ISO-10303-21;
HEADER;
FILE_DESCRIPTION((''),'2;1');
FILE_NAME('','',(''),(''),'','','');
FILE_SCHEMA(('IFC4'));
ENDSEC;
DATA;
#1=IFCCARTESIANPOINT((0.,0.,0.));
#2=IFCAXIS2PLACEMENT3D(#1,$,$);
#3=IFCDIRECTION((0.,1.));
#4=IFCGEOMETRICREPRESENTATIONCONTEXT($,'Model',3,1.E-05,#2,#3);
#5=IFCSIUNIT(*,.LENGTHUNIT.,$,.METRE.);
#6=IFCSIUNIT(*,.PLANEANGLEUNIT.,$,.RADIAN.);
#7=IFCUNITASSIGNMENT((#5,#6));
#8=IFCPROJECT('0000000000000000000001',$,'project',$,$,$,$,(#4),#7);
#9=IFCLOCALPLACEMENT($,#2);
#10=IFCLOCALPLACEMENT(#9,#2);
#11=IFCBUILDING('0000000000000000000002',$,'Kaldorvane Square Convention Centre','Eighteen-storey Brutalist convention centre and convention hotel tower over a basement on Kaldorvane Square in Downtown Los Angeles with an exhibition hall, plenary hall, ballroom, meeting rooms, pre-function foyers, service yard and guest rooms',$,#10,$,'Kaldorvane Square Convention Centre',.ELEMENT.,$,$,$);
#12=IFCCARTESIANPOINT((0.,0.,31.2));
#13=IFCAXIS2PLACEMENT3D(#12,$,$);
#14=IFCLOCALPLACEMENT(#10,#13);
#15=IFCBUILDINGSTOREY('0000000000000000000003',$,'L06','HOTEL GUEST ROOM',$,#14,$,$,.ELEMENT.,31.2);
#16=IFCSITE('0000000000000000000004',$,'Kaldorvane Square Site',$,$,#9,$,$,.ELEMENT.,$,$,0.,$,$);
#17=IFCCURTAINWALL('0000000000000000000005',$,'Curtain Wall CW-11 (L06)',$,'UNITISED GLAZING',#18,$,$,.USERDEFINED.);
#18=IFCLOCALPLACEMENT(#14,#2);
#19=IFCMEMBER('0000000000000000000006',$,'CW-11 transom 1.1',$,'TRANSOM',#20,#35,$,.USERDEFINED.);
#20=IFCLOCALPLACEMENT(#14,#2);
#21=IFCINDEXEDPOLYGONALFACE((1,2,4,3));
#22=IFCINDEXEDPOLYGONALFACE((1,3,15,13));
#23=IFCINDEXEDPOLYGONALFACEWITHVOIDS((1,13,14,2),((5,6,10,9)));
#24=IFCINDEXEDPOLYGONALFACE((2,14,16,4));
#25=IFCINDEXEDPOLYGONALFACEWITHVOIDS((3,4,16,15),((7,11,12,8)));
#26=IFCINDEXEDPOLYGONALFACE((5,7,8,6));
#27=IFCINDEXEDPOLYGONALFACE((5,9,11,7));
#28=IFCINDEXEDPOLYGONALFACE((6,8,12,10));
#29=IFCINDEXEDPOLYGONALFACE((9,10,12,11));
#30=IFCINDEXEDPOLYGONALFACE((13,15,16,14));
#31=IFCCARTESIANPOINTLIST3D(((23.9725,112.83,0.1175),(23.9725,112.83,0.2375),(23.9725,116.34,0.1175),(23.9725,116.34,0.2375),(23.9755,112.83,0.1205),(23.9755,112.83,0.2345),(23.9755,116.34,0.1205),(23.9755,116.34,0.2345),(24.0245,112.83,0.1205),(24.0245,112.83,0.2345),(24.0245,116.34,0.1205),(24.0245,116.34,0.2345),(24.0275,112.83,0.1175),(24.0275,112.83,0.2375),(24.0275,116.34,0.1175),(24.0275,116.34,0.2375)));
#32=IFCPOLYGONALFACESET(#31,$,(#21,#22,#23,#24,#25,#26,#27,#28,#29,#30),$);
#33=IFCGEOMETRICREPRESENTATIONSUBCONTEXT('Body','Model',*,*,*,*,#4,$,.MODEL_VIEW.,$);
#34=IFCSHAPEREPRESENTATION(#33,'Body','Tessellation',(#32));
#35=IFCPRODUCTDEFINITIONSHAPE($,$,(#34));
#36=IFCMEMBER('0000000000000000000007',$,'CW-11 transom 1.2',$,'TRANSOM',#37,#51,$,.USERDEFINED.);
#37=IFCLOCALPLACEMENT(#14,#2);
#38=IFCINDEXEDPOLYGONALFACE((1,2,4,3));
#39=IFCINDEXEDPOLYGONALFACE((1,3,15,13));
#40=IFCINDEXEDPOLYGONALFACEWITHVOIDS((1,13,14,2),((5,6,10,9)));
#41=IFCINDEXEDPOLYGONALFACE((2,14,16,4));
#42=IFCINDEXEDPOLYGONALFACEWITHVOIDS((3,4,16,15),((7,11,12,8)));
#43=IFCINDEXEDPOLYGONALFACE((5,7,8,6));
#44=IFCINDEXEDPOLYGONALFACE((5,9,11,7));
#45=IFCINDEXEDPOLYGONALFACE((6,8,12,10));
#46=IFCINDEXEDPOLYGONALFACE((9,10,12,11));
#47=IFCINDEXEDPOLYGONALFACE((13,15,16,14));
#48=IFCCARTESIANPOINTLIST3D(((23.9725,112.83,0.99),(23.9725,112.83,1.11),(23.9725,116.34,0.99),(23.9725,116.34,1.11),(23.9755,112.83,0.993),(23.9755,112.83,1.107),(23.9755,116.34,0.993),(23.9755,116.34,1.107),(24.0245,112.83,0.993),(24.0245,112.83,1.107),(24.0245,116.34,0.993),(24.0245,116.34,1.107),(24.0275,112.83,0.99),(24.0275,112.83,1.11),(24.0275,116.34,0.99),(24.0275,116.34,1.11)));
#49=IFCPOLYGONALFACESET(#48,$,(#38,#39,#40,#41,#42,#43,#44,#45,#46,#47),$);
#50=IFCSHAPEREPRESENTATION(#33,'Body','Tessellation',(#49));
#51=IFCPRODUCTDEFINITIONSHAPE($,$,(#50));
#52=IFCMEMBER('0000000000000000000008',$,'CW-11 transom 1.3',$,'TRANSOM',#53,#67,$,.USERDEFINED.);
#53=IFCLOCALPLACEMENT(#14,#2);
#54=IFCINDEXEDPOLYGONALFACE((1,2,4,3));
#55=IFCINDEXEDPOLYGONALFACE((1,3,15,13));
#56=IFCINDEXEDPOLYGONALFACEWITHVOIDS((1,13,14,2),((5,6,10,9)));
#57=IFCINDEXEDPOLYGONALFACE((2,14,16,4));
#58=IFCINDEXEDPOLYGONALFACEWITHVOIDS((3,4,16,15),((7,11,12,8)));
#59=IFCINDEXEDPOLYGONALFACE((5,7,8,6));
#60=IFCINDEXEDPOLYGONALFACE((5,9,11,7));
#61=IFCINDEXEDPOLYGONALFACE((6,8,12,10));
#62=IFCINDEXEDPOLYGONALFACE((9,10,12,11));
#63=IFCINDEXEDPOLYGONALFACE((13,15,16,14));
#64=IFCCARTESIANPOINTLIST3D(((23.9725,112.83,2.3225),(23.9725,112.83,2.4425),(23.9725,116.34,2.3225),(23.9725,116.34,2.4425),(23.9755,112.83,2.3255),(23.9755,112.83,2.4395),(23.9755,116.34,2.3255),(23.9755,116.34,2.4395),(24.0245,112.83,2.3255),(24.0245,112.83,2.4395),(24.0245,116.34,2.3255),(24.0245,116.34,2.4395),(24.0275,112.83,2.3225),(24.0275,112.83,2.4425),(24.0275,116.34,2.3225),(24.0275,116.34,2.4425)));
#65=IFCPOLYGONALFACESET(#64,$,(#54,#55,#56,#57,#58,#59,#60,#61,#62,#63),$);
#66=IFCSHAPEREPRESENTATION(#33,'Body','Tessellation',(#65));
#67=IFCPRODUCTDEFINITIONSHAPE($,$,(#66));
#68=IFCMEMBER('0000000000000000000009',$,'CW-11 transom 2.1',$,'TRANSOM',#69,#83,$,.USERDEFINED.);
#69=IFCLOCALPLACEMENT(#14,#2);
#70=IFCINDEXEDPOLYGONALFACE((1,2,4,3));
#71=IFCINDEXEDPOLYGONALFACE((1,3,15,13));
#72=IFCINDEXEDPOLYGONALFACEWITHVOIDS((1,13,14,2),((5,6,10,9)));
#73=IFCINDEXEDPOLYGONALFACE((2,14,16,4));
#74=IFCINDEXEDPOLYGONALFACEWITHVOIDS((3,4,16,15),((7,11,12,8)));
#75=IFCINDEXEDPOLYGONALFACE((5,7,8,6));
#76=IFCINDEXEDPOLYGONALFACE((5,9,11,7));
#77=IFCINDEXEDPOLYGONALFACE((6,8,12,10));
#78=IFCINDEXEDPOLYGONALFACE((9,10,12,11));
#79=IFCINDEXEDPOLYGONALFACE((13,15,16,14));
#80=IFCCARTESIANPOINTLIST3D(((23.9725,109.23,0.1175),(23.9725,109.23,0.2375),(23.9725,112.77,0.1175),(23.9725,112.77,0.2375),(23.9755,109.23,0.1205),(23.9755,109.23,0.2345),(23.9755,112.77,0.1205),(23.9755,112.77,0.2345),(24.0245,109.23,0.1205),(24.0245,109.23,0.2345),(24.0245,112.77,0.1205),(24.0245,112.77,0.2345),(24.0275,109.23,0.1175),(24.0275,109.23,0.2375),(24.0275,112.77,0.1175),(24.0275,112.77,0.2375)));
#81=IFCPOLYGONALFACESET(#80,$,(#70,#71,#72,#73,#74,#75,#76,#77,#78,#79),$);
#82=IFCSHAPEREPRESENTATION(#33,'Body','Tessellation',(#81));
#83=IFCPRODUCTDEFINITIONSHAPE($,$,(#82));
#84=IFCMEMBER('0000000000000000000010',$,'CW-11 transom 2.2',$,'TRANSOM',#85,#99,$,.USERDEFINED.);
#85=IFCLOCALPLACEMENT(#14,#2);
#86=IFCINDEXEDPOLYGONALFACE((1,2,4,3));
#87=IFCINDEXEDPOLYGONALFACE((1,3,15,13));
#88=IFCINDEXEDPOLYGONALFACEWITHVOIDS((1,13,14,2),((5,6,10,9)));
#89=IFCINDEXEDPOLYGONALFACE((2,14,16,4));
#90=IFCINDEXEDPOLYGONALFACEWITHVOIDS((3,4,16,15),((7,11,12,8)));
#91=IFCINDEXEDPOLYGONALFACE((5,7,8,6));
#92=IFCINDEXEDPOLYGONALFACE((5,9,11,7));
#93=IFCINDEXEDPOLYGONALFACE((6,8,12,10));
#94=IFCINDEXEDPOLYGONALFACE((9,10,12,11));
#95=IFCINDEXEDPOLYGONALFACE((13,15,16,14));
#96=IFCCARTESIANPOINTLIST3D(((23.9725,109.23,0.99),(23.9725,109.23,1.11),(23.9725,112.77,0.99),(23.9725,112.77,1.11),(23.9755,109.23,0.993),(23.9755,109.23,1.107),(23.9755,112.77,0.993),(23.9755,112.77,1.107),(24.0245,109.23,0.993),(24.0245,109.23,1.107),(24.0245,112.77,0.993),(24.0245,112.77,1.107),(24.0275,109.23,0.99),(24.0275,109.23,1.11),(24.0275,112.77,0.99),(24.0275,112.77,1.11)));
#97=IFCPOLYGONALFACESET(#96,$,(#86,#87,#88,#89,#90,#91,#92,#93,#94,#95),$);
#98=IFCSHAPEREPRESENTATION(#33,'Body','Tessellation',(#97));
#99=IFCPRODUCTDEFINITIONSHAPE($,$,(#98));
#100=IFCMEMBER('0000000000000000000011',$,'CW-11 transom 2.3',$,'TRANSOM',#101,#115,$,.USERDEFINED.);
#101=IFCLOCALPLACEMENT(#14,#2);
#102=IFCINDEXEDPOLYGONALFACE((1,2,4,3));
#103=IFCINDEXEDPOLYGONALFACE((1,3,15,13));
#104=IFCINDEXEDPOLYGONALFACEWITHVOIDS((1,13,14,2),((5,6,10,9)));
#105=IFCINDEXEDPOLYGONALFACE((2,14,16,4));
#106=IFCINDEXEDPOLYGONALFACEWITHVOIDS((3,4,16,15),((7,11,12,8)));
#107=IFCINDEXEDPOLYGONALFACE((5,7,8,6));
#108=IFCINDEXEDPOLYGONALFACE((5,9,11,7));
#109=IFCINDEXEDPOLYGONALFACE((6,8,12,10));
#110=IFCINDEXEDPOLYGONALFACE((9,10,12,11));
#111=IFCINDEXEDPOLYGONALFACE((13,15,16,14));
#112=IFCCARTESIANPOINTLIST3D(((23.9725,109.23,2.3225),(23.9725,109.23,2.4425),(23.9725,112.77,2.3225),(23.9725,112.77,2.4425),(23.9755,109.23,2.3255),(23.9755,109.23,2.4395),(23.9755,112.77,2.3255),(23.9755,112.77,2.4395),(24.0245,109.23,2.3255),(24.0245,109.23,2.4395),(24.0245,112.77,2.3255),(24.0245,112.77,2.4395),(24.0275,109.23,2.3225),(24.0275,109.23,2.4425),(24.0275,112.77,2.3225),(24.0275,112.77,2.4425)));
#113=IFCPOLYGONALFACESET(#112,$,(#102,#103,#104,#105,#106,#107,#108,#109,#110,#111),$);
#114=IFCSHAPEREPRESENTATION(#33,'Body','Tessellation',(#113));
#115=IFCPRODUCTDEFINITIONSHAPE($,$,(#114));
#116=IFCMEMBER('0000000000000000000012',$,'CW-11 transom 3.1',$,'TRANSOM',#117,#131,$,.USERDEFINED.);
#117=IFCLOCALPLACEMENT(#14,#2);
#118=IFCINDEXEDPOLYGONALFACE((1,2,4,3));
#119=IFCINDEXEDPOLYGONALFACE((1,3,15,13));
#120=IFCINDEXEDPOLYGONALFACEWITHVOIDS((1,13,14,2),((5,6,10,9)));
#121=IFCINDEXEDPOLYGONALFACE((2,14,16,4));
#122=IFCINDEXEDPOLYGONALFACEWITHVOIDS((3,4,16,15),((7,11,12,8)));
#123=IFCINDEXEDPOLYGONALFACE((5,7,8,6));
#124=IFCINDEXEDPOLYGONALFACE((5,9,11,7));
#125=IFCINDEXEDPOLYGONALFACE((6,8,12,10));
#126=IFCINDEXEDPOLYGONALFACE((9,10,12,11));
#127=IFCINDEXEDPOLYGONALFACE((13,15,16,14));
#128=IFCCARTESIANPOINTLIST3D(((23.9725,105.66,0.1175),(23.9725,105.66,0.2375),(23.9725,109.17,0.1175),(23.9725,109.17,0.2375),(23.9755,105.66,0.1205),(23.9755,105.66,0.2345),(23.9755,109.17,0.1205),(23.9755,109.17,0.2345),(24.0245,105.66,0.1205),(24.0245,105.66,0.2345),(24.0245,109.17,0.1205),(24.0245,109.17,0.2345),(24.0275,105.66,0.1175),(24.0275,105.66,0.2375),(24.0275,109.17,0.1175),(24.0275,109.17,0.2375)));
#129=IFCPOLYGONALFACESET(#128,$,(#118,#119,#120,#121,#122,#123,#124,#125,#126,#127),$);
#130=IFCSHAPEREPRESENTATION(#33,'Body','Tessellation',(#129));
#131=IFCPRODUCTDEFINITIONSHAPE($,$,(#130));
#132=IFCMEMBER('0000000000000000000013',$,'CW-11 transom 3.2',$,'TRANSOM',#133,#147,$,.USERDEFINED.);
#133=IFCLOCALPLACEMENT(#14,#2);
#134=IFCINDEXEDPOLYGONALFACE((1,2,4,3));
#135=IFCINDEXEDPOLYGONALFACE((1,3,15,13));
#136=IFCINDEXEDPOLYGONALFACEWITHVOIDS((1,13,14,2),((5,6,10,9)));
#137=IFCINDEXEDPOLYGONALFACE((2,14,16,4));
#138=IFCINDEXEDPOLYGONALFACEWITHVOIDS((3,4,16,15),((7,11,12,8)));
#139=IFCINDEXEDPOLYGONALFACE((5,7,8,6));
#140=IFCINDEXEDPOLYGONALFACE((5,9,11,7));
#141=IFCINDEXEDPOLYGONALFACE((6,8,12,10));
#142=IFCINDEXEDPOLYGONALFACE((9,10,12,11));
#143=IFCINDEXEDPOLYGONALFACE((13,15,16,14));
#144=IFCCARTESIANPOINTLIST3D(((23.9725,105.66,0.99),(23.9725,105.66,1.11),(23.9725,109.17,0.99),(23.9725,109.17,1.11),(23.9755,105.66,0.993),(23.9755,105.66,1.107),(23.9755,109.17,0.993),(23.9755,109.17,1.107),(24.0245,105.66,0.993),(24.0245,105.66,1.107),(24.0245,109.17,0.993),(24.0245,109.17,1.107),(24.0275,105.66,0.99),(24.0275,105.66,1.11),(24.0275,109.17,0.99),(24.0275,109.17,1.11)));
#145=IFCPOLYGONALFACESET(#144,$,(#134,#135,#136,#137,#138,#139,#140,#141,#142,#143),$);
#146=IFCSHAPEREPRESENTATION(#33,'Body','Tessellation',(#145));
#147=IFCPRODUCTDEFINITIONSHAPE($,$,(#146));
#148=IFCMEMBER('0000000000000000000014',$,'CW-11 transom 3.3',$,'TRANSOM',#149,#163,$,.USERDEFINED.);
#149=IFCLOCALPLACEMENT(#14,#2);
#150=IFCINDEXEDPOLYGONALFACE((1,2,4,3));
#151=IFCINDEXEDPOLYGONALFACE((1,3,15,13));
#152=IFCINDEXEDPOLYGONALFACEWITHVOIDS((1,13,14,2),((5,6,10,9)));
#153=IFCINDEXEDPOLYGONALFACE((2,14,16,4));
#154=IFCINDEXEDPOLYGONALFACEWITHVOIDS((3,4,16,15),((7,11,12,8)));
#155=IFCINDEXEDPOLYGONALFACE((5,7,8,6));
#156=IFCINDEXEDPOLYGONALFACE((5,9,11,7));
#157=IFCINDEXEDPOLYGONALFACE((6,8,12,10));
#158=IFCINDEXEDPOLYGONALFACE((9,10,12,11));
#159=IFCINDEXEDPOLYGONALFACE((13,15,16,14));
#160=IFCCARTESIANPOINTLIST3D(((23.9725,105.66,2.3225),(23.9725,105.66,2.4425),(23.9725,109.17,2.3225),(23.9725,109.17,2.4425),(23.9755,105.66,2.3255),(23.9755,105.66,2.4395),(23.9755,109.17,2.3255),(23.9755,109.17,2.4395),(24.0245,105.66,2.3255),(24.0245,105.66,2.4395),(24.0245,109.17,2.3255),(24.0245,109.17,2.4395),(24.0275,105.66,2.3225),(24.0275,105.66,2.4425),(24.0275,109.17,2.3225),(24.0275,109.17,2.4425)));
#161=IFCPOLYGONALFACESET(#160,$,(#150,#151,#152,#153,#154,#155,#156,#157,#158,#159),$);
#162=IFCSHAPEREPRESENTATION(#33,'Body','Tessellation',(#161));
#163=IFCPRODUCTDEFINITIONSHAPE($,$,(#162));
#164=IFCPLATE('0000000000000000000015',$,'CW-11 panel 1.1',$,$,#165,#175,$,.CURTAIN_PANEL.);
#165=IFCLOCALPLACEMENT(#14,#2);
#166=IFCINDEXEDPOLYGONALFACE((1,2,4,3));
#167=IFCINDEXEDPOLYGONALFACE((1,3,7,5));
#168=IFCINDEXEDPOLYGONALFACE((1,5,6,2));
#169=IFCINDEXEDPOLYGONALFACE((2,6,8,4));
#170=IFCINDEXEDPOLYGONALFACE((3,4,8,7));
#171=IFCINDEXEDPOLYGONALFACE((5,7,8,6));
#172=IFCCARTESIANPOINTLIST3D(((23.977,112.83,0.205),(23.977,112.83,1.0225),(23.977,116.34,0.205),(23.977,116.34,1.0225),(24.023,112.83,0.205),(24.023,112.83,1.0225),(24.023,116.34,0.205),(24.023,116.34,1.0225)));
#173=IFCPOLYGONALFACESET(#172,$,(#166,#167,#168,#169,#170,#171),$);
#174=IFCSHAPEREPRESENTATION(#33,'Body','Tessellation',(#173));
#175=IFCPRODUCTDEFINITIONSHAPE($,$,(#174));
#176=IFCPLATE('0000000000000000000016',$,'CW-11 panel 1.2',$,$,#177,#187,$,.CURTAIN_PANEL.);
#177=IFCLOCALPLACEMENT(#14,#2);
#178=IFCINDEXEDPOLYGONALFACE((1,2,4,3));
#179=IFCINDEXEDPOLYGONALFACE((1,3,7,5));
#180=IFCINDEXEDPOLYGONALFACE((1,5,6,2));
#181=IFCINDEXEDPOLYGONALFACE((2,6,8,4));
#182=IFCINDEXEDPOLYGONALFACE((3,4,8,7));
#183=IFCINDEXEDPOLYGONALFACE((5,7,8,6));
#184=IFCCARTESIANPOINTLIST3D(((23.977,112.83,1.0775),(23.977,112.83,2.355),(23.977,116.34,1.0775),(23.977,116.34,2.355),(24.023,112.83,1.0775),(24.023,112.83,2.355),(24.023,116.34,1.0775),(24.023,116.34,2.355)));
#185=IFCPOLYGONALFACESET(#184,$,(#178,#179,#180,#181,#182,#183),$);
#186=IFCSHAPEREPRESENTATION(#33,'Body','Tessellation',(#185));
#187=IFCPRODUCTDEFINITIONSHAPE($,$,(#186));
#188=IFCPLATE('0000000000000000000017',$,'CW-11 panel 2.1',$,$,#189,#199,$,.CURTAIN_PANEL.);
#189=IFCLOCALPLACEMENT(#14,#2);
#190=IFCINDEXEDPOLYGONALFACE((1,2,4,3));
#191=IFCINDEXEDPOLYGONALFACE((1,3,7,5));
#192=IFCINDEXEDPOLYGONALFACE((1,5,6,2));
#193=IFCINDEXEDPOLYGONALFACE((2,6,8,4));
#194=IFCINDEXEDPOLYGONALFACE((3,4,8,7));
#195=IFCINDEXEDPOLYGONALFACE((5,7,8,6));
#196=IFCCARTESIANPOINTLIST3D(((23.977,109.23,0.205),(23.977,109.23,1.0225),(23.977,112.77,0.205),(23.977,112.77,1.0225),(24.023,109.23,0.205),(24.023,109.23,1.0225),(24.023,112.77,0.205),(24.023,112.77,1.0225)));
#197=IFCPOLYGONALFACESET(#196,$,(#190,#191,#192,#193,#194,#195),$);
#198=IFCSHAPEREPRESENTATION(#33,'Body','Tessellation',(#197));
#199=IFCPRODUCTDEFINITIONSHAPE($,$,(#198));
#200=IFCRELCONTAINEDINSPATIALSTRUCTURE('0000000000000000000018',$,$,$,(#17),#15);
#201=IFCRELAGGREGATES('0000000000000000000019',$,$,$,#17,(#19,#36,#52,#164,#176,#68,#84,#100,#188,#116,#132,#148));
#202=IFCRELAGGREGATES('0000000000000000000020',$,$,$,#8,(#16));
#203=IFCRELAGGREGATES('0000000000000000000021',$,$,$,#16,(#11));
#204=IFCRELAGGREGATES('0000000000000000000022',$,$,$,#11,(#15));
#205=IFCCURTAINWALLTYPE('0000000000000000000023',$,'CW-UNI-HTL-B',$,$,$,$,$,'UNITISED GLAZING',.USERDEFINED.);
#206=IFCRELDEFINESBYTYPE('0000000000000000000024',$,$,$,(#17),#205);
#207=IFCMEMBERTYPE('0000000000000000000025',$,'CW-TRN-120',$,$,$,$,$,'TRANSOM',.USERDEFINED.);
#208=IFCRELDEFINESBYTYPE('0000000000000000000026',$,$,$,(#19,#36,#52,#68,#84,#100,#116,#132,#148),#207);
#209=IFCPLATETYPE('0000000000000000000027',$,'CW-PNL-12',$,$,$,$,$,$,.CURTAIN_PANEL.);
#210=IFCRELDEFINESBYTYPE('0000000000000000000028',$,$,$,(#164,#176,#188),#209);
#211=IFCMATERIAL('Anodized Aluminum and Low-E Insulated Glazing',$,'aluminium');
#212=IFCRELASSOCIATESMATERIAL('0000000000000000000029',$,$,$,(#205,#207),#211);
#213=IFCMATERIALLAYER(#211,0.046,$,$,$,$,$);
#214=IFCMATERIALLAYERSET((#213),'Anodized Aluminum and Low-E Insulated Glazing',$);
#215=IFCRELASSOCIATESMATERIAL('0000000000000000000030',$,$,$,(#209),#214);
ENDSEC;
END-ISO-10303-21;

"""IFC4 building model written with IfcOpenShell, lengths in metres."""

from ifc_helpers import new_model, si_unit, direction, frame, origin, origin_2d, place, context, subcontext, project, spatial, rectangle, hollow_rectangle, extrude, material, layer, layer_set, material_profile, profile_set, type_object, element, aggregate, save


model = new_model("IFC4")

# Units and contexts
model_context = context("Model", 3, precision=1e-05, world=origin(), true_north=direction((0.0, 1.0)))
body_context = subcontext(model_context, "Body", "Model", "MODEL_VIEW")
ifc_project = project(units=[si_unit("LENGTHUNIT", "METRE"), si_unit("PLANEANGLEUNIT", "RADIAN")], contexts=[model_context])

# Site, building, storey
site_placement = place(None, origin())
site = spatial("IfcSite", under=ifc_project, at=site_placement, Name="Kaldorvane Square Site", CompositionType="ELEMENT", RefElevation=0.0)
building_placement = place(site_placement, origin())
building = spatial("IfcBuilding", under=site, at=building_placement, Name="Kaldorvane Square Convention Centre", Description="Eighteen-storey Brutalist convention centre and convention hotel tower over a basement on Kaldorvane Square in Downtown Los Angeles with an exhibition hall, plenary hall, ballroom, meeting rooms, pre-function foyers, service yard and guest rooms", LongName="Kaldorvane Square Convention Centre", CompositionType="ELEMENT")
storey_placement = place(building_placement, frame((0.0, 0.0, 31.2)))
storey = spatial("IfcBuildingStorey", under=building, at=storey_placement, Name="L06", Description="HOTEL GUEST ROOM", CompositionType="ELEMENT", Elevation=31.2)

# Curtain wall, members, plates
ifc_material_1 = material(Name="Anodized Aluminum and Low-E Insulated Glazing", Category="aluminium")
curtain_wall_type = type_object("IfcCurtainWallType", Name="CW-UNI-HTL-B", ElementType="UNITISED GLAZING", PredefinedType="USERDEFINED", material=ifc_material_1)
curtain_wall_placement = place(storey_placement, origin())
curtain_wall = element("IfcCurtainWall", 1, at=curtain_wall_placement, inside=storey, type_object=curtain_wall_type, Name="Curtain Wall CW-11 (L06)", ObjectType="UNITISED GLAZING", PredefinedType="USERDEFINED")
ifc_material_profile_1 = material_profile(ifc_material_1, hollow_rectangle(XDim=0.055, YDim=0.12, WallThickness=0.003, at=origin_2d()), Name="CWT-120X55")
ifc_profile_set_1 = profile_set([ifc_material_profile_1], Name="Anodized Aluminum and Low-E Insulated Glazing")
member_type_1 = type_object("IfcMemberType", Name="CW-TRN-120", ElementType="TRANSOM", PredefinedType="USERDEFINED", material=ifc_profile_set_1)
member_1_placement = place(storey_placement, frame((24.0, 116.34, 0.1775), z_axis=(0.0, -1.0, 0.0), x_axis=(1.0, 0.0, 0.0)))
member_1 = element("IfcMember", 2, at=member_1_placement, type_object=member_type_1, Name="CW-11 transom 1.1", ObjectType="TRANSOM", PredefinedType="USERDEFINED", context=body_context, shape_type="SweptSolid", body=[
    extrude(hollow_rectangle(XDim=0.055, YDim=0.12, WallThickness=0.003, at=origin_2d()), origin(), (0.0, 0.0, 1.0), 3.51),
])
member_2_placement = place(storey_placement, frame((24.0, 116.34, 1.05), z_axis=(0.0, -1.0, 0.0), x_axis=(1.0, 0.0, 0.0)))
member_2 = element("IfcMember", 3, at=member_2_placement, type_object=member_type_1, Name="CW-11 transom 1.2", ObjectType="TRANSOM", PredefinedType="USERDEFINED", context=body_context, shape_type="SweptSolid", body=[
    extrude(hollow_rectangle(XDim=0.055, YDim=0.12, WallThickness=0.003, at=origin_2d()), origin(), (0.0, 0.0, 1.0), 3.51),
])
member_3_placement = place(storey_placement, frame((24.0, 116.34, 2.3825), z_axis=(0.0, -1.0, 0.0), x_axis=(1.0, 0.0, 0.0)))
member_3 = element("IfcMember", 4, at=member_3_placement, type_object=member_type_1, Name="CW-11 transom 1.3", ObjectType="TRANSOM", PredefinedType="USERDEFINED", context=body_context, shape_type="SweptSolid", body=[
    extrude(hollow_rectangle(XDim=0.055, YDim=0.12, WallThickness=0.003, at=origin_2d()), origin(), (0.0, 0.0, 1.0), 3.51),
])
member_4_placement = place(storey_placement, frame((24.0, 112.77, 0.1775), z_axis=(0.0, -1.0, 0.0), x_axis=(1.0, 0.0, 0.0)))
member_4 = element("IfcMember", 5, at=member_4_placement, type_object=member_type_1, Name="CW-11 transom 2.1", ObjectType="TRANSOM", PredefinedType="USERDEFINED", context=body_context, shape_type="SweptSolid", body=[
    extrude(hollow_rectangle(XDim=0.055, YDim=0.12, WallThickness=0.003, at=origin_2d()), origin(), (0.0, 0.0, 1.0), 3.54),
])
member_5_placement = place(storey_placement, frame((24.0, 112.77, 1.05), z_axis=(0.0, -1.0, 0.0), x_axis=(1.0, 0.0, 0.0)))
member_5 = element("IfcMember", 6, at=member_5_placement, type_object=member_type_1, Name="CW-11 transom 2.2", ObjectType="TRANSOM", PredefinedType="USERDEFINED", context=body_context, shape_type="SweptSolid", body=[
    extrude(hollow_rectangle(XDim=0.055, YDim=0.12, WallThickness=0.003, at=origin_2d()), origin(), (0.0, 0.0, 1.0), 3.54),
])
member_6_placement = place(storey_placement, frame((24.0, 112.77, 2.3825), z_axis=(0.0, -1.0, 0.0), x_axis=(1.0, 0.0, 0.0)))
member_6 = element("IfcMember", 7, at=member_6_placement, type_object=member_type_1, Name="CW-11 transom 2.3", ObjectType="TRANSOM", PredefinedType="USERDEFINED", context=body_context, shape_type="SweptSolid", body=[
    extrude(hollow_rectangle(XDim=0.055, YDim=0.12, WallThickness=0.003, at=origin_2d()), origin(), (0.0, 0.0, 1.0), 3.54),
])
member_7_placement = place(storey_placement, frame((24.0, 109.17, 0.1775), z_axis=(0.0, -1.0, 0.0), x_axis=(1.0, 0.0, 0.0)))
member_7 = element("IfcMember", 8, at=member_7_placement, type_object=member_type_1, Name="CW-11 transom 3.1", ObjectType="TRANSOM", PredefinedType="USERDEFINED", context=body_context, shape_type="SweptSolid", body=[
    extrude(hollow_rectangle(XDim=0.055, YDim=0.12, WallThickness=0.003, at=origin_2d()), origin(), (0.0, 0.0, 1.0), 3.51),
])
member_8_placement = place(storey_placement, frame((24.0, 109.17, 1.05), z_axis=(0.0, -1.0, 0.0), x_axis=(1.0, 0.0, 0.0)))
member_8 = element("IfcMember", 9, at=member_8_placement, type_object=member_type_1, Name="CW-11 transom 3.2", ObjectType="TRANSOM", PredefinedType="USERDEFINED", context=body_context, shape_type="SweptSolid", body=[
    extrude(hollow_rectangle(XDim=0.055, YDim=0.12, WallThickness=0.003, at=origin_2d()), origin(), (0.0, 0.0, 1.0), 3.51),
])
member_9_placement = place(storey_placement, frame((24.0, 109.17, 2.3825), z_axis=(0.0, -1.0, 0.0), x_axis=(1.0, 0.0, 0.0)))
member_9 = element("IfcMember", 10, at=member_9_placement, type_object=member_type_1, Name="CW-11 transom 3.3", ObjectType="TRANSOM", PredefinedType="USERDEFINED", context=body_context, shape_type="SweptSolid", body=[
    extrude(hollow_rectangle(XDim=0.055, YDim=0.12, WallThickness=0.003, at=origin_2d()), origin(), (0.0, 0.0, 1.0), 3.51),
])
ifc_layer_1 = layer(ifc_material_1, 0.046)
ifc_layer_set_1 = layer_set([ifc_layer_1], Name="Anodized Aluminum and Low-E Insulated Glazing")
plate_type = type_object("IfcPlateType", Name="CW-PNL-12", PredefinedType="CURTAIN_PANEL", material=ifc_layer_set_1)
plate_1_placement = place(storey_placement, frame((24.0, 114.585, 0.205), z_axis=(0.0, 0.0, 1.0), x_axis=(0.0, -1.0, 0.0)))
plate_1 = element("IfcPlate", 11, at=plate_1_placement, type_object=plate_type, Name="CW-11 panel 1.1", PredefinedType="CURTAIN_PANEL", context=body_context, shape_type="SweptSolid", body=[
    extrude(rectangle(XDim=3.51, YDim=0.046, at=origin_2d()), origin(), (0.0, 0.0, 1.0), 0.8175),
])
plate_2_placement = place(storey_placement, frame((24.0, 114.585, 1.0775), z_axis=(0.0, 0.0, 1.0), x_axis=(0.0, -1.0, 0.0)))
plate_2 = element("IfcPlate", 12, at=plate_2_placement, type_object=plate_type, Name="CW-11 panel 1.2", PredefinedType="CURTAIN_PANEL", context=body_context, shape_type="SweptSolid", body=[
    extrude(rectangle(XDim=3.51, YDim=0.046, at=origin_2d()), origin(), (0.0, 0.0, 1.0), 1.2775),
])
plate_3_placement = place(storey_placement, frame((24.0, 111.0, 0.205), z_axis=(0.0, 0.0, 1.0), x_axis=(0.0, -1.0, 0.0)))
plate_3 = element("IfcPlate", 13, at=plate_3_placement, type_object=plate_type, Name="CW-11 panel 2.1", PredefinedType="CURTAIN_PANEL", context=body_context, shape_type="SweptSolid", body=[
    extrude(rectangle(XDim=3.54, YDim=0.046, at=origin_2d()), origin(), (0.0, 0.0, 1.0), 0.8175),
])
aggregate(curtain_wall, [member_1, member_2, member_3, plate_1, plate_2, member_4, member_5, member_6, plate_3, member_7, member_8, member_9])

save(model, "model.ifc")
